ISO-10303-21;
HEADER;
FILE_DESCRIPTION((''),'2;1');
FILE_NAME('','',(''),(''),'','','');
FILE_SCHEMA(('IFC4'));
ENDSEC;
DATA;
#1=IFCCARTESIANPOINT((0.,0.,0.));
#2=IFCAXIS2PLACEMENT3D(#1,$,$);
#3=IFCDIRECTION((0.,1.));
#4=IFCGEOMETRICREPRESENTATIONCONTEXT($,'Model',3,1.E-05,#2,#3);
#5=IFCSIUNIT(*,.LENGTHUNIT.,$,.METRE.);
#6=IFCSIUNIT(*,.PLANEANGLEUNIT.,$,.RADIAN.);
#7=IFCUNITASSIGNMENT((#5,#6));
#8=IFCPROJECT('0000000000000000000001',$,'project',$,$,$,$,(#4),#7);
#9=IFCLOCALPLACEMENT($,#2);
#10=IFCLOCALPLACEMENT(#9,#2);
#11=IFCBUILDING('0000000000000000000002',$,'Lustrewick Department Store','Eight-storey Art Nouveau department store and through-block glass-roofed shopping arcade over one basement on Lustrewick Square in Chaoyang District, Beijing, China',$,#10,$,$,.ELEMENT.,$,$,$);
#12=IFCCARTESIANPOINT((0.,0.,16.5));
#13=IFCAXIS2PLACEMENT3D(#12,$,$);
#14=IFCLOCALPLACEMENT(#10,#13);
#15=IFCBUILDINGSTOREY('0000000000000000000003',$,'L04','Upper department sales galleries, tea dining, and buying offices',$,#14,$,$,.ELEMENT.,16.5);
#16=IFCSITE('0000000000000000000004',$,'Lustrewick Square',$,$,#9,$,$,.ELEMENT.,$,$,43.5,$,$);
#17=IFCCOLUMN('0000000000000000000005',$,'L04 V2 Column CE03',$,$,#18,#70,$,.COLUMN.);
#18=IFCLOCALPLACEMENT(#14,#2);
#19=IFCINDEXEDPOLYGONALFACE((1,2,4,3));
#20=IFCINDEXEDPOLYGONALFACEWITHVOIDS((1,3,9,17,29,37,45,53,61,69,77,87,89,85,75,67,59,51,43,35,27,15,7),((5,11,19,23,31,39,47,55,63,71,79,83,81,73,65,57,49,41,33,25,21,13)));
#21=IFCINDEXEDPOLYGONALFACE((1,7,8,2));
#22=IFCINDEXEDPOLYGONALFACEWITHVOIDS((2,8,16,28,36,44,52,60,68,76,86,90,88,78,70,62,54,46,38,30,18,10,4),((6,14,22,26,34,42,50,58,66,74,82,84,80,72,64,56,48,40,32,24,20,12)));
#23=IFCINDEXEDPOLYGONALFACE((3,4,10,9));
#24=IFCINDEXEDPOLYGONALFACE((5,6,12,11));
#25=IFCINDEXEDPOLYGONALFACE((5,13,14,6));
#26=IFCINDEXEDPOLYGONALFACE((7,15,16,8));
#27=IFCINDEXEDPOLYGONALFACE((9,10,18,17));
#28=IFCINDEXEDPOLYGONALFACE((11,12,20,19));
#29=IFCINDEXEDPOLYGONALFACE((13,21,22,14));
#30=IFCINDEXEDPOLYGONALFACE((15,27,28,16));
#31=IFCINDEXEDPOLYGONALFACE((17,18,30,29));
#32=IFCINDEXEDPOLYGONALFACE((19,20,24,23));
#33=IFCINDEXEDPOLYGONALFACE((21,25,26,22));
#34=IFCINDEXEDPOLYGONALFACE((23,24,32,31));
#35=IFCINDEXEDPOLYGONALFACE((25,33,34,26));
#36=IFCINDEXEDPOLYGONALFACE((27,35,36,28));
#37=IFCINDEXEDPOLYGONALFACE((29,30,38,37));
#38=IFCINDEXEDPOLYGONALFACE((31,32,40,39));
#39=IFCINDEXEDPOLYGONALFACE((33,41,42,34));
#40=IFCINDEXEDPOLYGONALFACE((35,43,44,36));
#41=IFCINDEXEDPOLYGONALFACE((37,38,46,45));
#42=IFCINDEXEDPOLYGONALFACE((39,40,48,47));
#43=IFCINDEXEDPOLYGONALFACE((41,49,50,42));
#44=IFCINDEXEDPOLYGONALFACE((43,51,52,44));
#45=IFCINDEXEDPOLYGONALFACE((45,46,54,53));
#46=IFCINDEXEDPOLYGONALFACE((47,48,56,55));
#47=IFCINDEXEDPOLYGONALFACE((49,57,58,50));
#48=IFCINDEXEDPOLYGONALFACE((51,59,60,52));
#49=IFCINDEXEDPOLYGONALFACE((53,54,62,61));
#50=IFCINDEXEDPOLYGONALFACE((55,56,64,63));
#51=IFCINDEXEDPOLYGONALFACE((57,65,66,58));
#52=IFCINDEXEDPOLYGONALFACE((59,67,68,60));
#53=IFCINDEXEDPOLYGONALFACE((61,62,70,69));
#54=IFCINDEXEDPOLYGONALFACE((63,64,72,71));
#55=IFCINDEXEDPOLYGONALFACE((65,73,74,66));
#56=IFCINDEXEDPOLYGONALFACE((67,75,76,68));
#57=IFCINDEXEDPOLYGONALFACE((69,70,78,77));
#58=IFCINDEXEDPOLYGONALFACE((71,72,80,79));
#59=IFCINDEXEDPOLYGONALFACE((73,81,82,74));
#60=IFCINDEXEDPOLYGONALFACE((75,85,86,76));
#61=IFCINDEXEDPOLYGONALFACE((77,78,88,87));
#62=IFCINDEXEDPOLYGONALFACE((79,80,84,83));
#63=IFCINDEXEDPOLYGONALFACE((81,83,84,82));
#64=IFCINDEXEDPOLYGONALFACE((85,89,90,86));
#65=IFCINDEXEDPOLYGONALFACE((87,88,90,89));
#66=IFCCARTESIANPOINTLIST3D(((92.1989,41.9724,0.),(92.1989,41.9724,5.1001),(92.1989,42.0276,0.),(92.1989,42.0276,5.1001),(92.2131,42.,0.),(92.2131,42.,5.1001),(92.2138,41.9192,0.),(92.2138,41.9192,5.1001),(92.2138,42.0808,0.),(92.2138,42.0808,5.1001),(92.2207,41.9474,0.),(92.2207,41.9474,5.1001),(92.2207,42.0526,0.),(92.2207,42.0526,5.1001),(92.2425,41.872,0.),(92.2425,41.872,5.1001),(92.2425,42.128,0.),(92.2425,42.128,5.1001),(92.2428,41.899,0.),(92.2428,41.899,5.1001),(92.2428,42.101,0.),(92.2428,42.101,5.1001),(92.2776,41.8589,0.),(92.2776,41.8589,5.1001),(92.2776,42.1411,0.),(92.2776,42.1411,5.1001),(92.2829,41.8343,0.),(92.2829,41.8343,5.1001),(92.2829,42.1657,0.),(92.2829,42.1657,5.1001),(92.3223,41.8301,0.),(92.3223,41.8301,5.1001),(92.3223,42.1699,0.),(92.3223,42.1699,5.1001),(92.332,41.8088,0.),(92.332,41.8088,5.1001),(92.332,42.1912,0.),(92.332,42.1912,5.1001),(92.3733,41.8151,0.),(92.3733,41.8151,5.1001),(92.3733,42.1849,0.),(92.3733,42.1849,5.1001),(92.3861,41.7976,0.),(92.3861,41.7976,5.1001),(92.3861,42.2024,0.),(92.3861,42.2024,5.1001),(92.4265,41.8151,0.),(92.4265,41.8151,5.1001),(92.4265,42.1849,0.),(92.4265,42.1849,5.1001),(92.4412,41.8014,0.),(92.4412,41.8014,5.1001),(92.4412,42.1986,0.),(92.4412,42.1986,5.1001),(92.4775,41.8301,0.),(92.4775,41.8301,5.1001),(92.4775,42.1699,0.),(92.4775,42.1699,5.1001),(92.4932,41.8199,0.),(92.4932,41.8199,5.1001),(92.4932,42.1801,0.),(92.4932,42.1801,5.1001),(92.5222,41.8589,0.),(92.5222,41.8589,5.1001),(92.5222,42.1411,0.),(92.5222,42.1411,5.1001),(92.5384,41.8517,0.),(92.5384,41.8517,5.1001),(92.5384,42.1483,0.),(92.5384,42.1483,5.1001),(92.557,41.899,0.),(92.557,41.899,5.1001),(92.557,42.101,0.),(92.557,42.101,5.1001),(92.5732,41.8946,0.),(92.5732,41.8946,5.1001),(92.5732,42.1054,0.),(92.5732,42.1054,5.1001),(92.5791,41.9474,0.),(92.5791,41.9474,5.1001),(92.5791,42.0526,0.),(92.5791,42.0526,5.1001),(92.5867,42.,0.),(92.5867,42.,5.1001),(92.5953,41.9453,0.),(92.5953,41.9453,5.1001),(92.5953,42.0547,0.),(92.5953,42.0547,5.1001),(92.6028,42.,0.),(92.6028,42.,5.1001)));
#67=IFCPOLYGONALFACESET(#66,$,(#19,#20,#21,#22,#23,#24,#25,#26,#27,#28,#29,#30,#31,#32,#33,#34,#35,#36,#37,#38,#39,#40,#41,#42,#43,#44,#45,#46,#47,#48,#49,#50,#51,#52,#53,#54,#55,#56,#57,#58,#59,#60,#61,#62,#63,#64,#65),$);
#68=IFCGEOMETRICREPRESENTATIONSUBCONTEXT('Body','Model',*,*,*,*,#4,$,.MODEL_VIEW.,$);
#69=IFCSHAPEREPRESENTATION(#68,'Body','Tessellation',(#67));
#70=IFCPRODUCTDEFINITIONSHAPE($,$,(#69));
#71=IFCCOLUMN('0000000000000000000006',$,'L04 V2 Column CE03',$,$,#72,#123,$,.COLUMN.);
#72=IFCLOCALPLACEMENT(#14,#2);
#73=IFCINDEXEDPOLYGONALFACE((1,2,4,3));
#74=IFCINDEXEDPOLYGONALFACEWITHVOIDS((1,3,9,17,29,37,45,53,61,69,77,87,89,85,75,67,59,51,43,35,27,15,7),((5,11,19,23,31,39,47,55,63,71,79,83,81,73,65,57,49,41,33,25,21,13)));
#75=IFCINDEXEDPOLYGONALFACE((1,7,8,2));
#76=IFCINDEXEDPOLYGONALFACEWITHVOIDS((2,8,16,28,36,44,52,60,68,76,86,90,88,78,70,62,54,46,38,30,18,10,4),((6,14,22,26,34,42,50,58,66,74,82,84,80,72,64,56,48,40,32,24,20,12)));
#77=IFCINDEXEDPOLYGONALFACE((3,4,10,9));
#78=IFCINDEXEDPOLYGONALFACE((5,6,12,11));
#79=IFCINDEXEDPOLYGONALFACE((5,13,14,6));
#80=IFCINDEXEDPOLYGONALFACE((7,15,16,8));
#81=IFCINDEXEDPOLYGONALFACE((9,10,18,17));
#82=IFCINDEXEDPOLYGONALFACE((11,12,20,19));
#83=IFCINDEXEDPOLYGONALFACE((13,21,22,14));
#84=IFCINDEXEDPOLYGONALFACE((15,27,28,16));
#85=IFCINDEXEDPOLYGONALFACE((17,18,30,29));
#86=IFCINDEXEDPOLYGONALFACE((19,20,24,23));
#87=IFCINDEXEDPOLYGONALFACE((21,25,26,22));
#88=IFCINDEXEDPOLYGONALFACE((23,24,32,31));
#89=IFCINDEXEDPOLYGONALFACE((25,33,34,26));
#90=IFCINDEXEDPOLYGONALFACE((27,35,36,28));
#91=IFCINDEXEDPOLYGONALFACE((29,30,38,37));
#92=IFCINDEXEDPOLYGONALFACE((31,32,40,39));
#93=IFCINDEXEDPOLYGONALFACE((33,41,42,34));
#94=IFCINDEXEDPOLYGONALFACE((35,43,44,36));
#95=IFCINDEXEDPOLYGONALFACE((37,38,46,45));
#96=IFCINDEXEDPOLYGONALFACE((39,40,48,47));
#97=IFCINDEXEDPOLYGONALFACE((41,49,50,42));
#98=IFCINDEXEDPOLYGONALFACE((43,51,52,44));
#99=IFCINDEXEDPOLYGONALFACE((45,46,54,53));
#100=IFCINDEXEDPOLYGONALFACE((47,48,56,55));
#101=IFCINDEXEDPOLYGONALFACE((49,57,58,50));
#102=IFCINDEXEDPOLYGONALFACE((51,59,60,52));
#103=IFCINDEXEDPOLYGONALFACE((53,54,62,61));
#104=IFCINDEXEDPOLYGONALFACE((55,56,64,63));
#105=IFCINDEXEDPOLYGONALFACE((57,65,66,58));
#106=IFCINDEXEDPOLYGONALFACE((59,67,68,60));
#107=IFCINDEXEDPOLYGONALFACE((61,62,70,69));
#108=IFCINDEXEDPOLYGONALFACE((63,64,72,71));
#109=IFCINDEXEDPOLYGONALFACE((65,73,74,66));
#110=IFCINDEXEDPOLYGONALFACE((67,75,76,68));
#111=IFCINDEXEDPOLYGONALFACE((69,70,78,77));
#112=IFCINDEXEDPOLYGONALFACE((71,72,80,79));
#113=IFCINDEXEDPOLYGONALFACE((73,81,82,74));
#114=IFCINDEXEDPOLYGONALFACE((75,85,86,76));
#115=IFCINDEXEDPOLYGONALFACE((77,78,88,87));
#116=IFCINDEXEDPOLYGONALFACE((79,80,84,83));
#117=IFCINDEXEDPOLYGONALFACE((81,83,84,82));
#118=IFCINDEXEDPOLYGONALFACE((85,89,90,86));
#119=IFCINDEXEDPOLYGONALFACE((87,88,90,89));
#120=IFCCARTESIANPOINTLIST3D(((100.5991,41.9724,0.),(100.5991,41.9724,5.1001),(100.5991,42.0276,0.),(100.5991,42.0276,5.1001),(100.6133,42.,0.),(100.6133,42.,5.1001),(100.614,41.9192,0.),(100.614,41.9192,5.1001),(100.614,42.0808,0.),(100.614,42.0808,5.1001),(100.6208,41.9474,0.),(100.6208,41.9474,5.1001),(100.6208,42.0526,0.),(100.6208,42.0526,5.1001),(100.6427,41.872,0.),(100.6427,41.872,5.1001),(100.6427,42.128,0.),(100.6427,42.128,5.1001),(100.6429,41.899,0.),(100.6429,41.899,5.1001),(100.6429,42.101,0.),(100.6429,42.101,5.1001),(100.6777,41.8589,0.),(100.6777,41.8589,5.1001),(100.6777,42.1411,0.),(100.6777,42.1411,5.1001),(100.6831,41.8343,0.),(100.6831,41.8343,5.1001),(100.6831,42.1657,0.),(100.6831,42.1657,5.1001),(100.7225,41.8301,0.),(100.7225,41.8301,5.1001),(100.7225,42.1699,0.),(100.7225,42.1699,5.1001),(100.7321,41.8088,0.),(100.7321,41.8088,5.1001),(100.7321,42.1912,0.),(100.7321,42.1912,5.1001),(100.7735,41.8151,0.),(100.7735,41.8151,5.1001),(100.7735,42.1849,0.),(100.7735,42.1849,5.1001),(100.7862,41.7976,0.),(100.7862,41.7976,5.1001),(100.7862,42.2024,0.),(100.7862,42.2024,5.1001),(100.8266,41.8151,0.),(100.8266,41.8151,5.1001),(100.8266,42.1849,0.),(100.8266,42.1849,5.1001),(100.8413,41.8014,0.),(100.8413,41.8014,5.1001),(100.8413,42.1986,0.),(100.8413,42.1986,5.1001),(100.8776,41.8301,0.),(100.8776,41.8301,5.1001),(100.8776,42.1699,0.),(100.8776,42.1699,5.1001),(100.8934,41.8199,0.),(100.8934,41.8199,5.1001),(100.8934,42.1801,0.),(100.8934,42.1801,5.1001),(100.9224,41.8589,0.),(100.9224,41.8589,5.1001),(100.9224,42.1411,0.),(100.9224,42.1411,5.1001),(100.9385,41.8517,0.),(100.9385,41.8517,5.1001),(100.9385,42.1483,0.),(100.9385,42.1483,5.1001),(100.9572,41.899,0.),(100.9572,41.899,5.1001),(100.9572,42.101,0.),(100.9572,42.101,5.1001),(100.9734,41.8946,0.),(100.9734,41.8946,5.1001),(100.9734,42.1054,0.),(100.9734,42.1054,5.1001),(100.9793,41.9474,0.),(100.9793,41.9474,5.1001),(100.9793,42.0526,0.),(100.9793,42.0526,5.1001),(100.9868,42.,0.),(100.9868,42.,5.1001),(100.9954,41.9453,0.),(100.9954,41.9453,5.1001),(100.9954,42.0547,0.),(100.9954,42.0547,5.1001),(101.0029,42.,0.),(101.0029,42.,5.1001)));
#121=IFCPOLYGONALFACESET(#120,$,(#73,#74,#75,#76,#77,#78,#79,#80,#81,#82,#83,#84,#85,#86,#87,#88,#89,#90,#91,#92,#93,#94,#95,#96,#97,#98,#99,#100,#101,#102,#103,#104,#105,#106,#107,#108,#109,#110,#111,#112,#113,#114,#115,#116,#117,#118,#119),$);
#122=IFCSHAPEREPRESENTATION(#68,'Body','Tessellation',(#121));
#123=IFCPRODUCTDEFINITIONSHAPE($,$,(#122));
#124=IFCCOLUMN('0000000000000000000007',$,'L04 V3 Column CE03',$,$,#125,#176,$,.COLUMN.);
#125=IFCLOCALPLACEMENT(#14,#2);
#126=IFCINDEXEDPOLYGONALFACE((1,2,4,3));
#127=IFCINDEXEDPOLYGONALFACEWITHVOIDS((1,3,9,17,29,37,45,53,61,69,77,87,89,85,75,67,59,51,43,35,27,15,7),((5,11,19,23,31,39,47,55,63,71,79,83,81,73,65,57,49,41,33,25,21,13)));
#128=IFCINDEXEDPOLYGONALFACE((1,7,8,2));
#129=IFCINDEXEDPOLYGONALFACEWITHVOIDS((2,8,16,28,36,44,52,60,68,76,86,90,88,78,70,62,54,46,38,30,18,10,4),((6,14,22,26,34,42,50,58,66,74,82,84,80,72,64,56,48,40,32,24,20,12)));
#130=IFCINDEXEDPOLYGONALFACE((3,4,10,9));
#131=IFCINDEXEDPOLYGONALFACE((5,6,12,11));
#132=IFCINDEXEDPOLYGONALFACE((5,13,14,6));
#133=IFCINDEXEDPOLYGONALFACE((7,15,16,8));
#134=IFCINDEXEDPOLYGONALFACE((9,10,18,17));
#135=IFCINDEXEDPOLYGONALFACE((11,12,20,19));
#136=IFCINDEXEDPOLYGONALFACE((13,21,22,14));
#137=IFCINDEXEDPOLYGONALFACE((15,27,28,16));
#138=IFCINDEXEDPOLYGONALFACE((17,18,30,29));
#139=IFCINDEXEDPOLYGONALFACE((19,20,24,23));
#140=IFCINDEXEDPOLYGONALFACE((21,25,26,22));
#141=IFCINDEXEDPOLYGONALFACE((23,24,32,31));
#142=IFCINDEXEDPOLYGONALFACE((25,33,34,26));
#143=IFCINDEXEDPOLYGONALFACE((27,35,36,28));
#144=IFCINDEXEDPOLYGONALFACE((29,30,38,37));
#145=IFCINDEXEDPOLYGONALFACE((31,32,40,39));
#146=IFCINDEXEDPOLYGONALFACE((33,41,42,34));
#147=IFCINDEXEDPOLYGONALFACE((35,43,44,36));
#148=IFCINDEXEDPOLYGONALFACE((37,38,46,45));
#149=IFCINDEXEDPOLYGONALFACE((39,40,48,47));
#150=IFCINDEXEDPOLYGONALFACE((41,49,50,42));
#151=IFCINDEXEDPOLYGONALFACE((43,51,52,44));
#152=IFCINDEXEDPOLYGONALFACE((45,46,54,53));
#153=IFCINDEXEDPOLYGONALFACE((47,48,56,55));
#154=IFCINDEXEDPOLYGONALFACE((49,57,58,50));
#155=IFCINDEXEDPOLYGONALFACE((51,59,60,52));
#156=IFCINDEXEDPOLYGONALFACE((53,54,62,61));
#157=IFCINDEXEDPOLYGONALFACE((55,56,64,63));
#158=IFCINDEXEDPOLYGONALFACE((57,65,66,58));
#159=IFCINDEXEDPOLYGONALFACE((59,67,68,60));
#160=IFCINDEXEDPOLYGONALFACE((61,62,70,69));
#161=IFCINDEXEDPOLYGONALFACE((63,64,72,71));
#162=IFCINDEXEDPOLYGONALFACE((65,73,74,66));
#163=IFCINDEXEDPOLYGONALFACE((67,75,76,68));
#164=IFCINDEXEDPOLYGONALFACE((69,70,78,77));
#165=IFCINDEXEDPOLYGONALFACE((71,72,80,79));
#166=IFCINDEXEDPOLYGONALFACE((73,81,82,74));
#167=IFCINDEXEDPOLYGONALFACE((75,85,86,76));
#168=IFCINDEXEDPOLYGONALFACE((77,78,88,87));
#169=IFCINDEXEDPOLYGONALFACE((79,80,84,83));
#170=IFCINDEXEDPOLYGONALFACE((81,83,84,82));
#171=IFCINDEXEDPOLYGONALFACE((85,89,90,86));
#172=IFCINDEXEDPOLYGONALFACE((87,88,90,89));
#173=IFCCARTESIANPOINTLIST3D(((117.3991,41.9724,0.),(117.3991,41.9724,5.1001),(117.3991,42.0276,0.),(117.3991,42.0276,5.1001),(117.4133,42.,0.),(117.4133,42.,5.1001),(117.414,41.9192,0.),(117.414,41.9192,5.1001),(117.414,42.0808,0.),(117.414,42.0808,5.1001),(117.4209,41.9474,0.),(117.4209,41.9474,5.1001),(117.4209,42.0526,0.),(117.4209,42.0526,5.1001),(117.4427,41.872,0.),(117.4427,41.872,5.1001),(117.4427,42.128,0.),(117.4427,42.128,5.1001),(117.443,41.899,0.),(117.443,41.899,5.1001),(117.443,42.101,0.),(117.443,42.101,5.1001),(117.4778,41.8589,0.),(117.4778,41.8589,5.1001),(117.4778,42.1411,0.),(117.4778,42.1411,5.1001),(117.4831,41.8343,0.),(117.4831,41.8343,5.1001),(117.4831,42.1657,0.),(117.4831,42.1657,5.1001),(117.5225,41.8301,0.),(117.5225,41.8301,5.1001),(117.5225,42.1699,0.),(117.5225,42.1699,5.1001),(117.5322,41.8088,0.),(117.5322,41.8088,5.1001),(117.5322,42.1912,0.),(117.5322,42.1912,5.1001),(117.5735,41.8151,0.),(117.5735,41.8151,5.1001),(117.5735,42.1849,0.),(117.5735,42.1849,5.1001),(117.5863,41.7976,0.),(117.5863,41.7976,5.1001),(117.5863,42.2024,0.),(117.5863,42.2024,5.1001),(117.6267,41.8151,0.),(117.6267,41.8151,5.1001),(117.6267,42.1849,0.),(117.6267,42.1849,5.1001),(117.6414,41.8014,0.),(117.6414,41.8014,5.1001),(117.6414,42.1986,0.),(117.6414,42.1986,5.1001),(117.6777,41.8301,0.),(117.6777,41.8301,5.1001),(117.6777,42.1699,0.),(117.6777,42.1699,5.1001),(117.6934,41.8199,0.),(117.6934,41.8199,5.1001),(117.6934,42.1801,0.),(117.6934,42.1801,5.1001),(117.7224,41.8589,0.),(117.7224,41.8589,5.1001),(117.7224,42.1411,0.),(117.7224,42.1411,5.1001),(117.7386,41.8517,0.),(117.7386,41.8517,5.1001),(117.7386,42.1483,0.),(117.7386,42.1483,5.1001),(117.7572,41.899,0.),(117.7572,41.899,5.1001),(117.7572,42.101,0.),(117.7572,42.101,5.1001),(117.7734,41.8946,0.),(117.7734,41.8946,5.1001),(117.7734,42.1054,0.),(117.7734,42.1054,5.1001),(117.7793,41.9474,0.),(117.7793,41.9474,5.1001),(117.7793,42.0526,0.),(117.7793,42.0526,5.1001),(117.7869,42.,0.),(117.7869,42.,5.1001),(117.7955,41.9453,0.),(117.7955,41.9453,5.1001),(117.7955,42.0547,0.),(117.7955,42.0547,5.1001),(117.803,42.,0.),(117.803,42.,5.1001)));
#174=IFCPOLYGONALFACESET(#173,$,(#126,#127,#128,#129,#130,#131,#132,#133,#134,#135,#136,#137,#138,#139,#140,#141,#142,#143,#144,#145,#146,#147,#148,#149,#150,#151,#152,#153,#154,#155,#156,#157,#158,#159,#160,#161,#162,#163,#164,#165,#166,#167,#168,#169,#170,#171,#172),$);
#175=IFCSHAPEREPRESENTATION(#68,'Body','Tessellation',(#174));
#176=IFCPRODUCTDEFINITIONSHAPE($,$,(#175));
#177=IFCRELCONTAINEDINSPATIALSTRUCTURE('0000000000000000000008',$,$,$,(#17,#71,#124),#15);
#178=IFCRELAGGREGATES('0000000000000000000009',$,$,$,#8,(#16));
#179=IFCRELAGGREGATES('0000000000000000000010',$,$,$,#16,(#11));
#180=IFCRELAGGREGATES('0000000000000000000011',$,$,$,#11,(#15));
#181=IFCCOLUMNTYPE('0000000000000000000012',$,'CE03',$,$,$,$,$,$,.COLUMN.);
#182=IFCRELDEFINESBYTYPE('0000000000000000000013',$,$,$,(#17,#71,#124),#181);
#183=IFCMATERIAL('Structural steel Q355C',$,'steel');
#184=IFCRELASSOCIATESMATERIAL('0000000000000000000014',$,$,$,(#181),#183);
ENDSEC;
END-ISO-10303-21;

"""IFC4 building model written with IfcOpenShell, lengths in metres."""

from ifc_helpers import new_model, si_unit, direction, frame, origin, origin_2d, place, context, subcontext, project, spatial, hollow_circle, extrude, material, material_profile, profile_set, type_object, element, save


model = new_model("IFC4")

# Units and contexts
model_context = context("Model", 3, precision=1e-05, world=origin(), true_north=direction((0.0, 1.0)))
body_context = subcontext(model_context, "Body", "Model", "MODEL_VIEW")
ifc_project = project(units=[si_unit("LENGTHUNIT", "METRE"), si_unit("PLANEANGLEUNIT", "RADIAN")], contexts=[model_context])

# Site, building, storey
site_placement = place(None, origin())
site = spatial("IfcSite", under=ifc_project, at=site_placement, Name="Lustrewick Square", CompositionType="ELEMENT", RefElevation=43.5)
building_placement = place(site_placement, origin())
building = spatial("IfcBuilding", under=site, at=building_placement, Name="Lustrewick Department Store", Description="Eight-storey Art Nouveau department store and through-block glass-roofed shopping arcade over one basement on Lustrewick Square in Chaoyang District, Beijing, China", CompositionType="ELEMENT")
storey_placement = place(building_placement, frame((0.0, 0.0, 16.5)))
storey = spatial("IfcBuildingStorey", under=building, at=storey_placement, Name="L04", Description="Upper department sales galleries, tea dining, and buying offices", CompositionType="ELEMENT", Elevation=16.5)

# Columns
ifc_material_1 = material(Name="Structural steel Q355C", Category="steel")
ifc_material_profile_1 = material_profile(ifc_material_1, hollow_circle(Radius=0.2029, WallThickness=0.0161, at=origin_2d()), Name="CHS 406x16")
ifc_profile_set_1 = profile_set([ifc_material_profile_1], Name="Structural steel Q355C")
column_type = type_object("IfcColumnType", Name="CE03", PredefinedType="COLUMN", material=ifc_profile_set_1)
for number, where, z_axis, x_axis, name in (
    (1, (92.3999, 42.0, 0.0), (0.0, 0.0, 1.0), (1.0, 0.0, 0.0), "L04 V2 Column CE03"),
    (2, (100.8, 42.0, 0.0), (0.0, 0.0, 1.0), (1.0, 0.0, 0.0), "L04 V2 Column CE03"),
    (3, (117.6001, 42.0, 0.0), (0.0, 0.0, 1.0), (1.0, 0.0, 0.0), "L04 V3 Column CE03"),
):
    element("IfcColumn", number, at=place(storey_placement, frame(where, z_axis=z_axis, x_axis=x_axis)), inside=storey, type_object=column_type, Name=name, PredefinedType="COLUMN", context=body_context, shape_type="SweptSolid", body=[
        extrude(hollow_circle(Radius=0.2029, WallThickness=0.0161, at=origin_2d()), origin(), (0.0, 0.0, 1.0), 5.1001),
    ])

save(model, "model.ifc")
